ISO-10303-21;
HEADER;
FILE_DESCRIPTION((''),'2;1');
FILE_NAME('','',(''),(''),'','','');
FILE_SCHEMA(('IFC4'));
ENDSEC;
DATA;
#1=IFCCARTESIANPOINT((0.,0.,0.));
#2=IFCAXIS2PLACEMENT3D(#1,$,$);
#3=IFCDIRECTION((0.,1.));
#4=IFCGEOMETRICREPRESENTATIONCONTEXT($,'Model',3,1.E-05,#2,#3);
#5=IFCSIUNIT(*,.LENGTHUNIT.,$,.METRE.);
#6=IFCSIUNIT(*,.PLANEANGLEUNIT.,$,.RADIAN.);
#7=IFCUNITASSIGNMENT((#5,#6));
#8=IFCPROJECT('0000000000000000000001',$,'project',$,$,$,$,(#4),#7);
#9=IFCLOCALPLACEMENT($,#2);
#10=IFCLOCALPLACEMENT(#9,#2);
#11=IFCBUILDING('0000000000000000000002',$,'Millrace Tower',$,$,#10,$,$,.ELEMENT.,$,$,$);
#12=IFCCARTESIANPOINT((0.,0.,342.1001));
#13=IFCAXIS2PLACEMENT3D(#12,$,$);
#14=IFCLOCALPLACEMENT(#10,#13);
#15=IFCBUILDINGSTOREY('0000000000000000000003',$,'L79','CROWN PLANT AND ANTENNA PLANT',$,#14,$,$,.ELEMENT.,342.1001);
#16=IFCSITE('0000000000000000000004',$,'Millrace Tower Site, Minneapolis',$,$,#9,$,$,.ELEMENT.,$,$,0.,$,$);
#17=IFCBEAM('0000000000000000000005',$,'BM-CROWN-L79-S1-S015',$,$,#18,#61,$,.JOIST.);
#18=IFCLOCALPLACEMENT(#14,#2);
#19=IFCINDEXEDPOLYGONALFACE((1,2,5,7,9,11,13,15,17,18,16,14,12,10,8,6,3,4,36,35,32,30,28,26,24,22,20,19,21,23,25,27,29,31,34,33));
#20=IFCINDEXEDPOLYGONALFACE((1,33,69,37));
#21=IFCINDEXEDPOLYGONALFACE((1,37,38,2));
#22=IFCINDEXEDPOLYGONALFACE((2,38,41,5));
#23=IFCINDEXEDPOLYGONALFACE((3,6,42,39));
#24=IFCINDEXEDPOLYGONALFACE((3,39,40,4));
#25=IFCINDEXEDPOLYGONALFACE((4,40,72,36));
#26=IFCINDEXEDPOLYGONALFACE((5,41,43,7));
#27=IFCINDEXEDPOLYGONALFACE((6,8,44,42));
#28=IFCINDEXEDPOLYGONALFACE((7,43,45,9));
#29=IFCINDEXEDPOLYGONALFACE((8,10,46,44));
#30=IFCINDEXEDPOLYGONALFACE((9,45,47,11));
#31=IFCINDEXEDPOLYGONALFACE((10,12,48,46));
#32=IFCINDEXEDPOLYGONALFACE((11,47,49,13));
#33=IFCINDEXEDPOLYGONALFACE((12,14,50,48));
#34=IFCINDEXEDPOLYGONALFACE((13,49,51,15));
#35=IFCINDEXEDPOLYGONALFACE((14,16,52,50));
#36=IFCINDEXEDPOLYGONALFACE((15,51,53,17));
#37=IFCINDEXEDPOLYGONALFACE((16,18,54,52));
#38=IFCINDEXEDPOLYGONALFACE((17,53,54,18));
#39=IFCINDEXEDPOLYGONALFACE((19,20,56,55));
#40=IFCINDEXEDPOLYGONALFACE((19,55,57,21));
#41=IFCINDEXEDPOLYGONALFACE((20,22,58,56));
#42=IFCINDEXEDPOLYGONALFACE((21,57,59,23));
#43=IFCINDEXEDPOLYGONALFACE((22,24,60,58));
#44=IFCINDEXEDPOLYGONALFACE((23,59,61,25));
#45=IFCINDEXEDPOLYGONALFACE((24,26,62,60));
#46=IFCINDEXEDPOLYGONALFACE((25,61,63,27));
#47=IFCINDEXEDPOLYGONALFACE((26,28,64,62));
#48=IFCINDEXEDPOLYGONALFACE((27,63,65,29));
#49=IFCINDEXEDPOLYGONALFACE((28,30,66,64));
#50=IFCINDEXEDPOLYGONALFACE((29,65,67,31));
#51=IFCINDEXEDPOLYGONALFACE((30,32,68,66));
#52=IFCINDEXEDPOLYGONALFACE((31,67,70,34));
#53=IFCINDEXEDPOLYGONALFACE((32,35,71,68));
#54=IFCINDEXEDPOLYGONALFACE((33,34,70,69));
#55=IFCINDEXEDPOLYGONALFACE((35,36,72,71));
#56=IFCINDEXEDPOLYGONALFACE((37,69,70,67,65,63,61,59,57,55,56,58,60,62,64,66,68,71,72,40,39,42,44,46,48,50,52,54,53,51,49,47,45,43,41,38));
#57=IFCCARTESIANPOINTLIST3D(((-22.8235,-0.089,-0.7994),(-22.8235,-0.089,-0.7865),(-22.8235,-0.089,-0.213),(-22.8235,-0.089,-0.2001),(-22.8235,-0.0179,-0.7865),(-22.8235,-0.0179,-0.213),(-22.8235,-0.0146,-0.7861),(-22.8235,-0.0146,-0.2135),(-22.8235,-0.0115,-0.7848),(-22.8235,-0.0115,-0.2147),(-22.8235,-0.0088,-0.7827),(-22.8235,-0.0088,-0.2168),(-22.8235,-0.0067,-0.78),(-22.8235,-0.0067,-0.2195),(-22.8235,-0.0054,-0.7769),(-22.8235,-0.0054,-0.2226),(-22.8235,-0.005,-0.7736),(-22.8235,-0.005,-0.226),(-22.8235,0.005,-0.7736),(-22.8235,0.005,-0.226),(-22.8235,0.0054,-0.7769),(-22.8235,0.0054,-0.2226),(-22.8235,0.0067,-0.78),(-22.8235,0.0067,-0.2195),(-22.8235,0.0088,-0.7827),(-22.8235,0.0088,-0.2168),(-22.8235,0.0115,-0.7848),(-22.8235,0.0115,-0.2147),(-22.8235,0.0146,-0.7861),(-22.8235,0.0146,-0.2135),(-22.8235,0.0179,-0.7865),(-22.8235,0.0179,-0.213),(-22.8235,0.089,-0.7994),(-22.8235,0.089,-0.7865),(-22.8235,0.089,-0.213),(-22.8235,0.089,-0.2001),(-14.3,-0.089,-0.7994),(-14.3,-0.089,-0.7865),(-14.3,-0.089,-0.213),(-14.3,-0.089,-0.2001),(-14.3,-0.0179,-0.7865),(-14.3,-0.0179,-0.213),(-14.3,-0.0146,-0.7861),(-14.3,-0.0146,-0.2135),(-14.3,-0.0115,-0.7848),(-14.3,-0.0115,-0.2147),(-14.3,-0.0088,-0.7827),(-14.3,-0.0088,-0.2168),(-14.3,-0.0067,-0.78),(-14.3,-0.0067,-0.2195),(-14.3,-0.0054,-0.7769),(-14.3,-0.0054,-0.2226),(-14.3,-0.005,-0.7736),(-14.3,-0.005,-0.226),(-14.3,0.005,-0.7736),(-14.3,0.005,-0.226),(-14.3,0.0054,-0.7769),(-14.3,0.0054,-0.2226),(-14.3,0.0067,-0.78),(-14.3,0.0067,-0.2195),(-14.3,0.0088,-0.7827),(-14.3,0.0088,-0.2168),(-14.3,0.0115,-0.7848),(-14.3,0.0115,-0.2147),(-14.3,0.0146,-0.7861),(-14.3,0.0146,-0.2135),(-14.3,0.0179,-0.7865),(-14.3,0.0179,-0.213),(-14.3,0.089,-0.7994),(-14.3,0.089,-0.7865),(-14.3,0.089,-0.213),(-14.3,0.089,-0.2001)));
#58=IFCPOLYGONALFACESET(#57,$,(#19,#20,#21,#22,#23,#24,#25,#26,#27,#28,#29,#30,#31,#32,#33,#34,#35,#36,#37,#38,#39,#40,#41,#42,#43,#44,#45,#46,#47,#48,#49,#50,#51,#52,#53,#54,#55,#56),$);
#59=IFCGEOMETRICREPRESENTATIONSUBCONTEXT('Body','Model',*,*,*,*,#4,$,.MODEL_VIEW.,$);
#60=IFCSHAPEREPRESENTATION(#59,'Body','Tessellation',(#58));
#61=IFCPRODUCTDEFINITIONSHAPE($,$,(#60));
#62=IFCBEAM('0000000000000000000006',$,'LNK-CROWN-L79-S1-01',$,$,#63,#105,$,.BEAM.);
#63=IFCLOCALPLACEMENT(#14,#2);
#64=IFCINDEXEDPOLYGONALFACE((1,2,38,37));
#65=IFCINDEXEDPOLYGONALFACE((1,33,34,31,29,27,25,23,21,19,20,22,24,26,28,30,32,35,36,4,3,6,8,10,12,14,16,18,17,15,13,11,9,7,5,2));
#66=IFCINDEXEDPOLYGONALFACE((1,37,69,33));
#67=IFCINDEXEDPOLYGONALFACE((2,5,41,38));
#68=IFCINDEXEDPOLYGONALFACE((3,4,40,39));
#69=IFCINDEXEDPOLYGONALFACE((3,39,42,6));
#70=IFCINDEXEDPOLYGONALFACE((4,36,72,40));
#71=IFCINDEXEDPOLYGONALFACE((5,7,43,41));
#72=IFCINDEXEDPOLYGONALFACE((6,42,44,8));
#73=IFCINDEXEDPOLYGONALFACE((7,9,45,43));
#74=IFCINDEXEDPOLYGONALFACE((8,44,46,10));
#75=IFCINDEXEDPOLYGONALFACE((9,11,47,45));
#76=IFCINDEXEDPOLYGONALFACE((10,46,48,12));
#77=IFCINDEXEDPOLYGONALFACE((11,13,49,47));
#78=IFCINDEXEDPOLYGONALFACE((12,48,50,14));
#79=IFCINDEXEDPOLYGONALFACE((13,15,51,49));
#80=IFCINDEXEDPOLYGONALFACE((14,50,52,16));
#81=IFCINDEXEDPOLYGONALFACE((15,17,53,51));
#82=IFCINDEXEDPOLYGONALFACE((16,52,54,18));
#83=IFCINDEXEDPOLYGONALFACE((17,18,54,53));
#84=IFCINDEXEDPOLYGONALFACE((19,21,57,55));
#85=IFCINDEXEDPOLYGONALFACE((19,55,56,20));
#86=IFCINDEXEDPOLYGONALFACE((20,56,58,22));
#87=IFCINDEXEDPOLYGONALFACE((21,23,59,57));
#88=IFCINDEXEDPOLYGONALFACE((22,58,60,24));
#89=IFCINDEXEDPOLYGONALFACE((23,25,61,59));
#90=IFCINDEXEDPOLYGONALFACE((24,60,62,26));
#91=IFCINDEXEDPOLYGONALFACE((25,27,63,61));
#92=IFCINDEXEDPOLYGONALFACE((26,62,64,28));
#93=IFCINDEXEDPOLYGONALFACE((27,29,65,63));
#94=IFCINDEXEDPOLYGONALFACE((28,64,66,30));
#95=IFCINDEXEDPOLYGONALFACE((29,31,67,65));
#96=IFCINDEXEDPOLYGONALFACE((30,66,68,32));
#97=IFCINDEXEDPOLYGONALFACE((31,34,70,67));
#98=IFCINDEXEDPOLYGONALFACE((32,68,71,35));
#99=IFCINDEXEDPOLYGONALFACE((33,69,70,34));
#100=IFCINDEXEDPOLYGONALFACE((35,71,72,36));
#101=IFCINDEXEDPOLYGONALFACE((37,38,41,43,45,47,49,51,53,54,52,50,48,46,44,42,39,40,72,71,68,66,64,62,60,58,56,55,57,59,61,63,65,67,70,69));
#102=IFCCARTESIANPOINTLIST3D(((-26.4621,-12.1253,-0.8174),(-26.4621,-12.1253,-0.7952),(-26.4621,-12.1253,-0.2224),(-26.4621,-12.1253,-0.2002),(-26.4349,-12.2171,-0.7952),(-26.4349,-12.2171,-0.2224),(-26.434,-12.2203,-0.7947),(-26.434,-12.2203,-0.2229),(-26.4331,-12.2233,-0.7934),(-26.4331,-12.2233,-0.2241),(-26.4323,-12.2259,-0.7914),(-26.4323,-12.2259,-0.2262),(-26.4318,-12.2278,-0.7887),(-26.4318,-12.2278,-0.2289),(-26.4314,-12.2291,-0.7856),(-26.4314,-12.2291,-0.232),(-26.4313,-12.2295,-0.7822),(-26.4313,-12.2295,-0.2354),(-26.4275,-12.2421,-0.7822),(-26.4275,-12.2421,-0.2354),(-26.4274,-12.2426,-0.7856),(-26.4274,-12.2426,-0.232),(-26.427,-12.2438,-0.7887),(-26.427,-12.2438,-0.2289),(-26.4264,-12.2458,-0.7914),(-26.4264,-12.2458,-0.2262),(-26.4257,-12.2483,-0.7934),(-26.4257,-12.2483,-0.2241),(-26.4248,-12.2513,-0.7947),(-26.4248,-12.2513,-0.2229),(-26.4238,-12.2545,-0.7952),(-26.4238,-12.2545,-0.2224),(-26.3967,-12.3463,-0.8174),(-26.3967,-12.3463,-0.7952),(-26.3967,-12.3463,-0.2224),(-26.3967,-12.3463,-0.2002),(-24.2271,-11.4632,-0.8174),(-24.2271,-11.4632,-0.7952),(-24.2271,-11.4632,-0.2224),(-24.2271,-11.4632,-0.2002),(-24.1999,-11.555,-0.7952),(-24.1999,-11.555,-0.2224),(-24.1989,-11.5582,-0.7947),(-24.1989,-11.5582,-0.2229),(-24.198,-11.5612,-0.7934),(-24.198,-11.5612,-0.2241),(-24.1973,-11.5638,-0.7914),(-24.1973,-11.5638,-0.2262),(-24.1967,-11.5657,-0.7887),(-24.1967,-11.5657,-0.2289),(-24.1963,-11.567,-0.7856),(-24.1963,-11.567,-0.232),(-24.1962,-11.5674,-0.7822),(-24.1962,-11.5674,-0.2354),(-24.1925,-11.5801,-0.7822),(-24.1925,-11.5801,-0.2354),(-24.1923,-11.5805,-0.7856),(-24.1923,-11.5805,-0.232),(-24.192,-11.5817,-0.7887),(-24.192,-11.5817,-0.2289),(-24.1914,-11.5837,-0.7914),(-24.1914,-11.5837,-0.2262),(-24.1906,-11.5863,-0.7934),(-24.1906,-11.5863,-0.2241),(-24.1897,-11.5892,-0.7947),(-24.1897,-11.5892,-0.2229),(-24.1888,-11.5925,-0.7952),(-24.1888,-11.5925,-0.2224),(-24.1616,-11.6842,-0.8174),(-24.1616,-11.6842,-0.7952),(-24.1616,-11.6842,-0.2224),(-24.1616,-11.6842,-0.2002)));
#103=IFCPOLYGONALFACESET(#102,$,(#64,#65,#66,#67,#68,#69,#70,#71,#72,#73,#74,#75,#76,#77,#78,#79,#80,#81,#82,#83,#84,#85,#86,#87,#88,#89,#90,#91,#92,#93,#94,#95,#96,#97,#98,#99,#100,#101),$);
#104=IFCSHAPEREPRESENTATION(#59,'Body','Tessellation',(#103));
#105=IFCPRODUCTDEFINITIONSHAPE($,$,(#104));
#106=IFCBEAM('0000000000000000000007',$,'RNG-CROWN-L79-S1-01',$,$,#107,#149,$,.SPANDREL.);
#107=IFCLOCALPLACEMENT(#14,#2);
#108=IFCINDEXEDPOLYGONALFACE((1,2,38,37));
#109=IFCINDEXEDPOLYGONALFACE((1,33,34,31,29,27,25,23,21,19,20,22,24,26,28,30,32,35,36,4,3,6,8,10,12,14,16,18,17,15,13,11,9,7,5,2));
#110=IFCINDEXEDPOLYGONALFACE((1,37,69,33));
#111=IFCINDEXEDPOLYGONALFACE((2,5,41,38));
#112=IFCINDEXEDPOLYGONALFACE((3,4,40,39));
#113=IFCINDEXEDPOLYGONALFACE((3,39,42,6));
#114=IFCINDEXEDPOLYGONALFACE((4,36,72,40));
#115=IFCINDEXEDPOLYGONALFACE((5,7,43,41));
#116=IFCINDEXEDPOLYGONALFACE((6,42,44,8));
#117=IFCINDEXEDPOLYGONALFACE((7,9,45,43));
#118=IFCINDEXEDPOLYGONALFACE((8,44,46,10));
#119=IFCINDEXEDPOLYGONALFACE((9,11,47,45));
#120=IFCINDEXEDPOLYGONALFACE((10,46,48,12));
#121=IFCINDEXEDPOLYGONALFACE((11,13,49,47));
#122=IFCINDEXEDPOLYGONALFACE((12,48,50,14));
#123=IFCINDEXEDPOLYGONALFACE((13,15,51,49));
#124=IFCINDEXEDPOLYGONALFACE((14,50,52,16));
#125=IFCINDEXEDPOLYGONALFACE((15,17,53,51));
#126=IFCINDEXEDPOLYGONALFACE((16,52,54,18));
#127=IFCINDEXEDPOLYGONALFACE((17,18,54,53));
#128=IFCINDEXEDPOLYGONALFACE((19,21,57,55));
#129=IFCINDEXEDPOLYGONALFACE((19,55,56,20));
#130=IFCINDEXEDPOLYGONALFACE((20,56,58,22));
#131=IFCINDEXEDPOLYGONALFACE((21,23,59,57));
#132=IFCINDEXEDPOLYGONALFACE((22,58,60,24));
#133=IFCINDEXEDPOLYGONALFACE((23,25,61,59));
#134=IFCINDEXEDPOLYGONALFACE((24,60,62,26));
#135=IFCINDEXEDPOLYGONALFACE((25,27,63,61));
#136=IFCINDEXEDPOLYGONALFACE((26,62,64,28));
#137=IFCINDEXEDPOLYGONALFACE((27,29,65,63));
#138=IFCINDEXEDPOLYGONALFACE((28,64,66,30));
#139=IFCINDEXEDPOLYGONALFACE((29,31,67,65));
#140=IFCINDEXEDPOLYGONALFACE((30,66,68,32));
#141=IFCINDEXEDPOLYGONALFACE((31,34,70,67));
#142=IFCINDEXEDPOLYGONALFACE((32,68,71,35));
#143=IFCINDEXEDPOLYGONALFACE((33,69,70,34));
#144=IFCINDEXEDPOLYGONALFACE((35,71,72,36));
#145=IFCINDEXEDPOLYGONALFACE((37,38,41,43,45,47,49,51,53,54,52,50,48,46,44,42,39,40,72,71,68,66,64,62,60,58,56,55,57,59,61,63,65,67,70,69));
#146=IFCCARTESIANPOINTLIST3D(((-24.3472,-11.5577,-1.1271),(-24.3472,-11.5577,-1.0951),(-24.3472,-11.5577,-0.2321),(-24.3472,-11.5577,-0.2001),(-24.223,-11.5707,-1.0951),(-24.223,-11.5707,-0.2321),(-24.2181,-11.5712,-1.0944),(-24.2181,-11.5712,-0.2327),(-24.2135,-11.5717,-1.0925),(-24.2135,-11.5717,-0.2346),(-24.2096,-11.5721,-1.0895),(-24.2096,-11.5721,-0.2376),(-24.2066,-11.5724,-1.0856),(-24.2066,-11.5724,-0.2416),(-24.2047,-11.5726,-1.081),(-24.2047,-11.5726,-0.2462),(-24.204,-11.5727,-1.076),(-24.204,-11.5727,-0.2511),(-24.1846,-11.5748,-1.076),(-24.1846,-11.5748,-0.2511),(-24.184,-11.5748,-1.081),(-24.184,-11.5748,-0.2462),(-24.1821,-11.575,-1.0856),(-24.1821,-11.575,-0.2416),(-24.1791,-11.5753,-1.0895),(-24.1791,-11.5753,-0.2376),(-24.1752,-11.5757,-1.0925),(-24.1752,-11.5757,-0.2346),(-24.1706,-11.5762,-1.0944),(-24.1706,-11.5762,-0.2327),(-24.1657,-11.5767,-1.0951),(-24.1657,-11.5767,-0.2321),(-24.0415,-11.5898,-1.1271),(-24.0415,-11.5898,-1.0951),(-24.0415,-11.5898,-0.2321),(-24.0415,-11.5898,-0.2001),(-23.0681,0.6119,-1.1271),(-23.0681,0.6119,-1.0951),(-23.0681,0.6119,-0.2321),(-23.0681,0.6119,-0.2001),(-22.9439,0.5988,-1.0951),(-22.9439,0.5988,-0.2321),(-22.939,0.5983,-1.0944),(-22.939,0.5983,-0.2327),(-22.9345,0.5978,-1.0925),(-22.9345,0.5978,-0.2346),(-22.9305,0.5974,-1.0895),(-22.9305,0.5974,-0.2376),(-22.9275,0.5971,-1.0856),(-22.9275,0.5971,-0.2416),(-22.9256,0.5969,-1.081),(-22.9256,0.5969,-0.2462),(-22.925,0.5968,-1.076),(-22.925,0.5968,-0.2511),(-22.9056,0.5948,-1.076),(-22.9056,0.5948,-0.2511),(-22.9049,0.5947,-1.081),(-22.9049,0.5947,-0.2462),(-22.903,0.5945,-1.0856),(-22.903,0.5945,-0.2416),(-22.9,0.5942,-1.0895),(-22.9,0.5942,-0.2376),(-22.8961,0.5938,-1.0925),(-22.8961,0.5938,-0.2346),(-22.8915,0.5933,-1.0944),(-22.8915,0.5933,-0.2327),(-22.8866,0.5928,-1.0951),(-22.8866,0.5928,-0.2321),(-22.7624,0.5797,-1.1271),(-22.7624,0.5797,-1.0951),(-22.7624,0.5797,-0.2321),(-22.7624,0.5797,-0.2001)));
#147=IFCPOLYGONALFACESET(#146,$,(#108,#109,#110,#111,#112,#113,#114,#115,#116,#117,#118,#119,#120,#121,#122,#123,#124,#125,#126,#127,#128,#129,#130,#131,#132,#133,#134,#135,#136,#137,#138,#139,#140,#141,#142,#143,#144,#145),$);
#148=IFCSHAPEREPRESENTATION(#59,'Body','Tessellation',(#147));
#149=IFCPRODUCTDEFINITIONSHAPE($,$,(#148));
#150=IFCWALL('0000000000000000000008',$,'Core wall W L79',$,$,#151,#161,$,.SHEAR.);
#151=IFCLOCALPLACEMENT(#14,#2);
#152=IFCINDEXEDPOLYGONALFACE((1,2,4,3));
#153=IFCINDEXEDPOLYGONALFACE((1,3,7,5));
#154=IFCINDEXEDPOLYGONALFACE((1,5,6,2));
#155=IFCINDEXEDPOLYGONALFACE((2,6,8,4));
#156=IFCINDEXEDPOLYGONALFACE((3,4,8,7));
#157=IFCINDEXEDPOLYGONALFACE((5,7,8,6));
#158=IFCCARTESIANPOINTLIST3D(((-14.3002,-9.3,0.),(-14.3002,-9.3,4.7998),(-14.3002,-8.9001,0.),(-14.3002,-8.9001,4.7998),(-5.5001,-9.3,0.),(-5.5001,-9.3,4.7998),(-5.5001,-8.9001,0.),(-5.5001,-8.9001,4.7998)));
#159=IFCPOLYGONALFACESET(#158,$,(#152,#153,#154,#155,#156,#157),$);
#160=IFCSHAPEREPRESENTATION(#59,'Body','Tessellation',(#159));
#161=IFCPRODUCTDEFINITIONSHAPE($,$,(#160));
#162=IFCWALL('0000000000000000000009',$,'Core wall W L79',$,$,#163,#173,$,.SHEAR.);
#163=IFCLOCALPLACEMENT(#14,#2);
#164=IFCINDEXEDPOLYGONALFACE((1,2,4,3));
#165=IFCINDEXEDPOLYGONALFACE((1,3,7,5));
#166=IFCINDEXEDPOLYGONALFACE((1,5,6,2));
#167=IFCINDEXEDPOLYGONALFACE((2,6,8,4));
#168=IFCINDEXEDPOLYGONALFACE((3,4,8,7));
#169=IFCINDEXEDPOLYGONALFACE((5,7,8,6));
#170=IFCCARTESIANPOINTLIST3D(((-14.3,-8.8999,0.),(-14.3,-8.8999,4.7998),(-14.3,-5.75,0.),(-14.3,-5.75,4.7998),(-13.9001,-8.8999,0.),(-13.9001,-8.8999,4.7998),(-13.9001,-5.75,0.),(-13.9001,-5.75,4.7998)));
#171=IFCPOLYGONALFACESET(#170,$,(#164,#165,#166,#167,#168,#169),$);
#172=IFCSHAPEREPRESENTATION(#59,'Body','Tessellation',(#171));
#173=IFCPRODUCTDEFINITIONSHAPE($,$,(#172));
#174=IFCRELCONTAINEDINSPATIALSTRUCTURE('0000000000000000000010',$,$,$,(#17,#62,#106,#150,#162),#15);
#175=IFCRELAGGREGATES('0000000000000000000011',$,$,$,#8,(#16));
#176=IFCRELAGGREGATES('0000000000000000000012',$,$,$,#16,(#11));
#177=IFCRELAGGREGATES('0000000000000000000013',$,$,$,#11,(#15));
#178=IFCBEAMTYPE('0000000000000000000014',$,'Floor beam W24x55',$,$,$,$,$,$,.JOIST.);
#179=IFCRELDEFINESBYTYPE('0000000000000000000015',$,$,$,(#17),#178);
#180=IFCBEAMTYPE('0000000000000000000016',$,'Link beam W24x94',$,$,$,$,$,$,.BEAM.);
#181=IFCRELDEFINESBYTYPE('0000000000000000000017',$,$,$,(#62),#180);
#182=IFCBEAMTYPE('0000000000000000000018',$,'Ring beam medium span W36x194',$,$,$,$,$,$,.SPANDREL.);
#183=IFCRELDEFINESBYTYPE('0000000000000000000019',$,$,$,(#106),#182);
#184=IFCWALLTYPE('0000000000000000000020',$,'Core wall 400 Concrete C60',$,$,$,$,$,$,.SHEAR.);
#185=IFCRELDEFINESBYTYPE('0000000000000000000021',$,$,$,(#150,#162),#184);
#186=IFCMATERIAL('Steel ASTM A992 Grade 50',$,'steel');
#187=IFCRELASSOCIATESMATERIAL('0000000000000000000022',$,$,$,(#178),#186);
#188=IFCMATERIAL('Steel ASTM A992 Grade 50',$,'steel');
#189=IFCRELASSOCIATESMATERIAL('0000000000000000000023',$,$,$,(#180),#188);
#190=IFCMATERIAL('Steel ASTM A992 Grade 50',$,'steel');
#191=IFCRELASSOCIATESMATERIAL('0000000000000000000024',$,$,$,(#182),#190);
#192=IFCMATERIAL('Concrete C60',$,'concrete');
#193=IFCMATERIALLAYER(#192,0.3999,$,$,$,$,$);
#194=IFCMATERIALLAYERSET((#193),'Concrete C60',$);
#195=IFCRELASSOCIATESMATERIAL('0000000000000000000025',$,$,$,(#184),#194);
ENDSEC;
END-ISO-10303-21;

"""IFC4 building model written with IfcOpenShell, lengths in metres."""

from ifc_helpers import new_model, si_unit, direction, frame, frame_2d, origin, origin_2d, place, context, subcontext, project, spatial, rectangle, i_section, extrude, material, layer, layer_set, material_profile, profile_set, type_object, element, save


model = new_model("IFC4")

# Units and contexts
model_context = context("Model", 3, precision=1e-05, world=origin(), true_north=direction((0.0, 1.0)))
body_context = subcontext(model_context, "Body", "Model", "MODEL_VIEW")
ifc_project = project(units=[si_unit("LENGTHUNIT", "METRE"), si_unit("PLANEANGLEUNIT", "RADIAN")], contexts=[model_context])

# Site, building, storey
site_placement = place(None, origin())
site = spatial("IfcSite", under=ifc_project, at=site_placement, Name="Millrace Tower Site, Minneapolis", CompositionType="ELEMENT", RefElevation=0.0)
building_placement = place(site_placement, origin())
building = spatial("IfcBuilding", under=site, at=building_placement, Name="Millrace Tower", CompositionType="ELEMENT")
storey_placement = place(building_placement, frame((0.0, 0.0, 342.1001)))
storey = spatial("IfcBuildingStorey", under=building, at=storey_placement, Name="L79", Description="CROWN PLANT AND ANTENNA PLANT", CompositionType="ELEMENT", Elevation=342.1001)

# Beams
ifc_material_1 = material(Name="Steel ASTM A992 Grade 50", Category="steel")
ifc_material_profile_1 = material_profile(ifc_material_1, i_section(OverallWidth=0.178, OverallDepth=0.5994, WebThickness=0.01, FlangeThickness=0.0129, FilletRadius=0.0129, at=origin_2d()))
ifc_profile_set_1 = profile_set([ifc_material_profile_1], Name="Steel ASTM A992 Grade 50")
beam_type_1 = type_object("IfcBeamType", Name="Floor beam W24x55", PredefinedType="JOIST", material=ifc_profile_set_1)
beam_1_placement = place(storey_placement, frame((-22.8235, 0.0, -0.4998), z_axis=(1.0, 0.0, 0.0), x_axis=(0.0, 1.0, 0.0)))
element("IfcBeam", 1, at=beam_1_placement, inside=storey, type_object=beam_type_1, Name="BM-CROWN-L79-S1-S015", PredefinedType="JOIST", context=body_context, shape_type="SweptSolid", body=[
    extrude(i_section(OverallWidth=0.178, OverallDepth=0.5994, WebThickness=0.01, FlangeThickness=0.0129, FilletRadius=0.0129, at=origin_2d()), origin(), (0.0, 0.0, 1.0), 8.5234),
])
ifc_material_2 = material(Name="Steel ASTM A992 Grade 50", Category="steel")
ifc_material_profile_2 = material_profile(ifc_material_2, i_section(OverallWidth=0.2305, OverallDepth=0.6172, WebThickness=0.0132, FlangeThickness=0.0222, FilletRadius=0.0129, at=origin_2d()))
ifc_profile_set_2 = profile_set([ifc_material_profile_2], Name="Steel ASTM A992 Grade 50")
beam_type_2 = type_object("IfcBeamType", Name="Link beam W24x94", PredefinedType="BEAM", material=ifc_profile_set_2)
beam_2_placement = place(storey_placement, frame((-24.1943, -11.5737, -0.5088), z_axis=(-0.958815, -0.284031, 0.0), x_axis=(0.284031, -0.958815, 0.0)))
element("IfcBeam", 2, at=beam_2_placement, inside=storey, type_object=beam_type_2, Name="LNK-CROWN-L79-S1-01", PredefinedType="BEAM", context=body_context, shape_type="SweptSolid", body=[
    extrude(i_section(OverallWidth=0.2305, OverallDepth=0.6172, WebThickness=0.0132, FlangeThickness=0.0222, FilletRadius=0.0129, at=origin_2d()), origin(), (0.0, 0.0, 1.0), 2.3311),
])
ifc_material_3 = material(Name="Steel ASTM A992 Grade 50", Category="steel")
ifc_material_profile_3 = material_profile(ifc_material_3, i_section(OverallWidth=0.3074, OverallDepth=0.927, WebThickness=0.0195, FlangeThickness=0.032, FilletRadius=0.019, at=origin_2d()))
ifc_profile_set_3 = profile_set([ifc_material_profile_3], Name="Steel ASTM A992 Grade 50")
beam_type_3 = type_object("IfcBeamType", Name="Ring beam medium span W36x194", PredefinedType="SPANDREL", material=ifc_profile_set_3)
beam_3_placement = place(storey_placement, frame((-24.1943, -11.5737, -0.6636), z_axis=(0.104528, 0.994522, 0.0), x_axis=(-0.994522, 0.104528, 0.0)))
element("IfcBeam", 3, at=beam_3_placement, inside=storey, type_object=beam_type_3, Name="RNG-CROWN-L79-S1-01", PredefinedType="SPANDREL", context=body_context, shape_type="SweptSolid", body=[
    extrude(i_section(OverallWidth=0.3074, OverallDepth=0.927, WebThickness=0.0195, FlangeThickness=0.032, FilletRadius=0.019, at=origin_2d()), origin(), (0.0, 0.0, 1.0), 12.2366),
])

# Walls
ifc_material_4 = material(Name="Concrete C60", Category="concrete")
ifc_layer_1 = layer(ifc_material_4, 0.3999)
ifc_layer_set_1 = layer_set([ifc_layer_1], Name="Concrete C60")
wall_type = type_object("IfcWallType", Name="Core wall 400 Concrete C60", PredefinedType="SHEAR", material=ifc_layer_set_1)
wall_1_placement = place(storey_placement, frame((-14.3, -9.1001, 0.0), z_axis=(0.0, 0.0, 1.0), x_axis=(1.0, 0.0, 0.0)))
element("IfcWall", 4, at=wall_1_placement, inside=storey, type_object=wall_type, Name="Core wall W L79", PredefinedType="SHEAR", context=body_context, shape_type="SweptSolid", body=[
    extrude(rectangle(XDim=8.8, YDim=0.3999, at=frame_2d((4.3999, 0.0))), origin(), (0.0, 0.0, 1.0), 4.7998),
])
wall_2_placement = place(storey_placement, frame((-14.1001, -8.8999, 0.0), z_axis=(0.0, 0.0, 1.0), x_axis=(0.0, 1.0, 0.0)))
element("IfcWall", 5, at=wall_2_placement, inside=storey, type_object=wall_type, Name="Core wall W L79", PredefinedType="SHEAR", context=body_context, shape_type="SweptSolid", body=[
    extrude(rectangle(XDim=3.1499, YDim=0.3999, at=frame_2d((1.575, 0.0))), origin(), (0.0, 0.0, 1.0), 4.7998),
])

save(model, "model.ifc")
